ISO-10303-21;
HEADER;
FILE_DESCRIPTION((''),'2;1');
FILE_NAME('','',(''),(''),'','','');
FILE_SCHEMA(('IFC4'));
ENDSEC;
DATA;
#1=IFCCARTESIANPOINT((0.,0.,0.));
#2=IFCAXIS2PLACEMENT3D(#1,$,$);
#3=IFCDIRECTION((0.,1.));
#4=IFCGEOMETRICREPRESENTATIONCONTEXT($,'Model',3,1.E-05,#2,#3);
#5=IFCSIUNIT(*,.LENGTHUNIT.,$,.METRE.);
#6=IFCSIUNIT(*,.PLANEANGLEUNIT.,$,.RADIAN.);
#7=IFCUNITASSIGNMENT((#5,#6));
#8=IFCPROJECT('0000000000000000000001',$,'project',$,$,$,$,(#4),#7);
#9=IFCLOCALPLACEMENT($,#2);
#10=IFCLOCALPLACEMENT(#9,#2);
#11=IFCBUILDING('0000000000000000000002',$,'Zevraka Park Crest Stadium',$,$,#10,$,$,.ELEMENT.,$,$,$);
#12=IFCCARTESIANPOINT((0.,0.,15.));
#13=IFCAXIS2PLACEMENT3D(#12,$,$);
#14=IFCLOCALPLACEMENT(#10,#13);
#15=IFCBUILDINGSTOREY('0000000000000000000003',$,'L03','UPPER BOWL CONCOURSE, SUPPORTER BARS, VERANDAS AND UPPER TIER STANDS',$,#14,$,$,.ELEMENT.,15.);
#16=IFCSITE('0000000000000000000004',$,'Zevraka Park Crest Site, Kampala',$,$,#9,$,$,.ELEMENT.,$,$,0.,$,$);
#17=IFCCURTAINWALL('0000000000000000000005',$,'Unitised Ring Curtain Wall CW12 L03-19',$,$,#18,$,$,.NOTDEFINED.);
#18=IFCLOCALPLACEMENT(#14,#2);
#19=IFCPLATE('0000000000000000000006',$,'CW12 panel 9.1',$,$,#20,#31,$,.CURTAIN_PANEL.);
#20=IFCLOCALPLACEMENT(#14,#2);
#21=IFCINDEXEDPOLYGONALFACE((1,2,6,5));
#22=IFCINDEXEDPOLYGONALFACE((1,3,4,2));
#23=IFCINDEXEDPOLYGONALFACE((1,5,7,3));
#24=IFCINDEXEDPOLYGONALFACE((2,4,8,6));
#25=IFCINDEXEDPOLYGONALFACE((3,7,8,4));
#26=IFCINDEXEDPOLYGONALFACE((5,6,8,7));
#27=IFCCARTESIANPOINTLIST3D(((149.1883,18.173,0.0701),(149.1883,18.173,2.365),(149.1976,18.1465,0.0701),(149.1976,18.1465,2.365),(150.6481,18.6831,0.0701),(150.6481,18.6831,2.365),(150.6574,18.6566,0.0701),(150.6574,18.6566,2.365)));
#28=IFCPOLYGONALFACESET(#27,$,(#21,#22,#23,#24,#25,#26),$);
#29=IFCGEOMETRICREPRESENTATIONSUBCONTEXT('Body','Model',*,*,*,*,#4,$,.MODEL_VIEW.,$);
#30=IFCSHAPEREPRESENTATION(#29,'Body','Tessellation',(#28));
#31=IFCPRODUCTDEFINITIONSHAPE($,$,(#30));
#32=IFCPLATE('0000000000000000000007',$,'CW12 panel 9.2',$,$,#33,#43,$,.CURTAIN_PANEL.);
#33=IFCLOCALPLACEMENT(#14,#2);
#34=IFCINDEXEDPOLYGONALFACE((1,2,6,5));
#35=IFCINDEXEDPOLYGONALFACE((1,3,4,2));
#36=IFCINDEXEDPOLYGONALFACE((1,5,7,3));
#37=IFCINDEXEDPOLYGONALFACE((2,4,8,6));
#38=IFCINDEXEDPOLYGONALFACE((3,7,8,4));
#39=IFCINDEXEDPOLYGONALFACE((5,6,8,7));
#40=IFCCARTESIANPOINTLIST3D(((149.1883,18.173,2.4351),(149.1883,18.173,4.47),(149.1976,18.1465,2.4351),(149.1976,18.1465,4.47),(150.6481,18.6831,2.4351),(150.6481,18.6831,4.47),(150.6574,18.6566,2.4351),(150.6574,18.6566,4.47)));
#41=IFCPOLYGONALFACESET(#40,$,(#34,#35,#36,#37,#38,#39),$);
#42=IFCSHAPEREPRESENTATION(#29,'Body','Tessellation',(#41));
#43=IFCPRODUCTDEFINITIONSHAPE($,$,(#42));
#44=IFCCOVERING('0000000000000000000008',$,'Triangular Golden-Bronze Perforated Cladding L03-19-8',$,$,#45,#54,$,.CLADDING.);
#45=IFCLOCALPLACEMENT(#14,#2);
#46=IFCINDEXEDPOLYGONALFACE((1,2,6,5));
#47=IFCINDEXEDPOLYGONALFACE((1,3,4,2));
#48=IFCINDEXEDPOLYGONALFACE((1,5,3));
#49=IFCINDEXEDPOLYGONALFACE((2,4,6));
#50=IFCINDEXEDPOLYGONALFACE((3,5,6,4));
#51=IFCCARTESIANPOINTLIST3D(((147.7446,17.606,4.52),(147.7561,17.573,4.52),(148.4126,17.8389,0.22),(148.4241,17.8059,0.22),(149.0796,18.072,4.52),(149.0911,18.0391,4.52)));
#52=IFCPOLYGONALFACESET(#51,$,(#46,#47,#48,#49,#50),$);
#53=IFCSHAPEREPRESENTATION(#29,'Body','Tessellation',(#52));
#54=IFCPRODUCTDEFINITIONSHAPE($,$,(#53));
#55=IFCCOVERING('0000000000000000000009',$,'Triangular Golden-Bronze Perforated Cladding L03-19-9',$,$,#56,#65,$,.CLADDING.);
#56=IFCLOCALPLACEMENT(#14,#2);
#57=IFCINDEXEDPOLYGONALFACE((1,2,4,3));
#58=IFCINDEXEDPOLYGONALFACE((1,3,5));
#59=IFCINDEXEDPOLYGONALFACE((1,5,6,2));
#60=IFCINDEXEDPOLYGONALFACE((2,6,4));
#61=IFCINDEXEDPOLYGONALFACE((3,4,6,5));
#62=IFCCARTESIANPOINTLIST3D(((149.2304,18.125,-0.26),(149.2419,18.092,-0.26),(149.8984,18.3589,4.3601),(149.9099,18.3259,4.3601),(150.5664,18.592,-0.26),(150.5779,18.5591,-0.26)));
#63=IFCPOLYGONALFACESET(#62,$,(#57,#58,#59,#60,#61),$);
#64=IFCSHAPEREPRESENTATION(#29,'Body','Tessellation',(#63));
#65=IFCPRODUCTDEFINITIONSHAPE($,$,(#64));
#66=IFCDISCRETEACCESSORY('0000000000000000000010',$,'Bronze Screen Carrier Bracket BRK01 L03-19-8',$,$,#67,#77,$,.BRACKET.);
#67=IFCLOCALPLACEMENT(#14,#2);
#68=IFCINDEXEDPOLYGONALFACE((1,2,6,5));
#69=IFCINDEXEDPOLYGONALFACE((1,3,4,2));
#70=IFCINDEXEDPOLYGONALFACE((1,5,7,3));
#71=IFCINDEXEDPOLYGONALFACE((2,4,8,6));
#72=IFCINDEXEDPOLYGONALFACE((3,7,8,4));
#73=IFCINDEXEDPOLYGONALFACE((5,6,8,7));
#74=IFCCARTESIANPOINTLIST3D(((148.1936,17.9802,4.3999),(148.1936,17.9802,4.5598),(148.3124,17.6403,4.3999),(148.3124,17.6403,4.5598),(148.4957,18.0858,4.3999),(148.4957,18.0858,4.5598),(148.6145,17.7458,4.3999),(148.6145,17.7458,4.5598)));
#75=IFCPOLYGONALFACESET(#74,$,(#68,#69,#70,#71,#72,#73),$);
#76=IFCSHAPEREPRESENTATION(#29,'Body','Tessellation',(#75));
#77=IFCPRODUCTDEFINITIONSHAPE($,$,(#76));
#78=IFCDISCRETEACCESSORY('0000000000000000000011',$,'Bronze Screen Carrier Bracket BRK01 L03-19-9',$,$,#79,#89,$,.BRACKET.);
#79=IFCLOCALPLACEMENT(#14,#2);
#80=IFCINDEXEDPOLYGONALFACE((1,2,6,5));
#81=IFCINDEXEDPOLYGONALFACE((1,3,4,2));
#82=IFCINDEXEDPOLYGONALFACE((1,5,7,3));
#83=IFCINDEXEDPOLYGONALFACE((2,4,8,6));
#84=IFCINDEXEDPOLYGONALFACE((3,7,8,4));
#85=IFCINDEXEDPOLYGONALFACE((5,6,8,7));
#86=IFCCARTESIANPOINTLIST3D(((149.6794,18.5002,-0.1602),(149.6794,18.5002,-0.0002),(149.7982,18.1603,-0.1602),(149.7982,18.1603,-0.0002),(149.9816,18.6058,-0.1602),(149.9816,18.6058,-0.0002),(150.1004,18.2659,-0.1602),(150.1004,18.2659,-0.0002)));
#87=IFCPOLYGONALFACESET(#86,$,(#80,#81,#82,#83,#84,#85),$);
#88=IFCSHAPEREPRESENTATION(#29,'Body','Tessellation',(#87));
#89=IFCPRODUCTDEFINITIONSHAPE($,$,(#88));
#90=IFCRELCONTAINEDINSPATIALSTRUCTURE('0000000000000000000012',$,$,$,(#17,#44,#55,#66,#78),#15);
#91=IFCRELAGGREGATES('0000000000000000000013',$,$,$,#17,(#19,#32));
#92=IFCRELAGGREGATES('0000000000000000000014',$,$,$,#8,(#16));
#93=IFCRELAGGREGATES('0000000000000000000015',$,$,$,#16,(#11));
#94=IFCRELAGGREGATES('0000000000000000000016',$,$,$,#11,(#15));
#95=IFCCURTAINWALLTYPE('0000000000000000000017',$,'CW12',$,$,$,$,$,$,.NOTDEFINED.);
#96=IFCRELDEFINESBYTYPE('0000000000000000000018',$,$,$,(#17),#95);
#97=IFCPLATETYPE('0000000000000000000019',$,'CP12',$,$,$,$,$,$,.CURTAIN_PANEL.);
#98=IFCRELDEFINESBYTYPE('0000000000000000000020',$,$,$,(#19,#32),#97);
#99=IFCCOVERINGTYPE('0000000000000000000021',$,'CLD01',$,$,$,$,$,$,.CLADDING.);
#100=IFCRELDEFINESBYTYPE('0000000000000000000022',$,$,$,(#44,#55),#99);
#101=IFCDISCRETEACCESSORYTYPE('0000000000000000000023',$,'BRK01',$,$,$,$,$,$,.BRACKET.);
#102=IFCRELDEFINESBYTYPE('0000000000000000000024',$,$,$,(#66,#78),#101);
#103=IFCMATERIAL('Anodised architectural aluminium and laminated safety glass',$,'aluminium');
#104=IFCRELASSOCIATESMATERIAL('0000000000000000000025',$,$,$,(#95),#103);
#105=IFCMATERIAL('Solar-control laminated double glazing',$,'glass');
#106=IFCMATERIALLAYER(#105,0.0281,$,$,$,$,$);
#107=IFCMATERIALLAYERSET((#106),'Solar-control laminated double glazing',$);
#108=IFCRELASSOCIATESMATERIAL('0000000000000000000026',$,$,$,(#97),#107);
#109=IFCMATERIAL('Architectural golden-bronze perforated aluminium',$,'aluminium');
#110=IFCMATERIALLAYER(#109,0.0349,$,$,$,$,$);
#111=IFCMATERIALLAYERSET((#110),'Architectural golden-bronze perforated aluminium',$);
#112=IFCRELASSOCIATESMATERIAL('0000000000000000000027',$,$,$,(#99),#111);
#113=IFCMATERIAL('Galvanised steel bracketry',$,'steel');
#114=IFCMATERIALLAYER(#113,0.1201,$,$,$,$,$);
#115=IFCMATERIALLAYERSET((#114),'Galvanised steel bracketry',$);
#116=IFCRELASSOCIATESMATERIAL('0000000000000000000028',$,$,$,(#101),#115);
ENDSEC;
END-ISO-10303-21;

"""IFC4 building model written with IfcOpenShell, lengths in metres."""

from ifc_helpers import new_model, si_unit, direction, frame, origin, origin_2d, place, context, subcontext, project, spatial, polyline, rectangle, outline, extrude, material, layer, layer_set, type_object, element, aggregate, save


model = new_model("IFC4")

# Units and contexts
model_context = context("Model", 3, precision=1e-05, world=origin(), true_north=direction((0.0, 1.0)))
body_context = subcontext(model_context, "Body", "Model", "MODEL_VIEW")
ifc_project = project(units=[si_unit("LENGTHUNIT", "METRE"), si_unit("PLANEANGLEUNIT", "RADIAN")], contexts=[model_context])

# Site, building, storey
site_placement = place(None, origin())
site = spatial("IfcSite", under=ifc_project, at=site_placement, Name="Zevraka Park Crest Site, Kampala", CompositionType="ELEMENT", RefElevation=0.0)
building_placement = place(site_placement, origin())
building = spatial("IfcBuilding", under=site, at=building_placement, Name="Zevraka Park Crest Stadium", CompositionType="ELEMENT")
storey_placement = place(building_placement, frame((0.0, 0.0, 15.0)))
storey = spatial("IfcBuildingStorey", under=building, at=storey_placement, Name="L03", Description="UPPER BOWL CONCOURSE, SUPPORTER BARS, VERANDAS AND UPPER TIER STANDS", CompositionType="ELEMENT", Elevation=15.0)

# Curtain wall
ifc_material_1 = material(Name="Anodised architectural aluminium and laminated safety glass", Category="aluminium")
curtain_wall_type = type_object("IfcCurtainWallType", Name="CW12", PredefinedType="NOTDEFINED", material=ifc_material_1)
curtain_wall_placement = place(storey_placement, origin())
curtain_wall = element("IfcCurtainWall", 1, at=curtain_wall_placement, inside=storey, type_object=curtain_wall_type, Name="Unitised Ring Curtain Wall CW12 L03-19", PredefinedType="NOTDEFINED")

# Plates
ifc_material_2 = material(Name="Solar-control laminated double glazing", Category="glass")
ifc_layer_1 = layer(ifc_material_2, 0.0281)
ifc_layer_set_1 = layer_set([ifc_layer_1], Name="Solar-control laminated double glazing")
plate_type = type_object("IfcPlateType", Name="CP12", PredefinedType="CURTAIN_PANEL", material=ifc_layer_set_1)
plate_1_placement = place(storey_placement, frame((149.9229, 18.4148, 0.0701), z_axis=(0.0, 0.0, 1.0), x_axis=(0.94401, 0.329917, 0.0)))
plate_1 = element("IfcPlate", 2, at=plate_1_placement, type_object=plate_type, Name="CW12 panel 9.1", PredefinedType="CURTAIN_PANEL", context=body_context, shape_type="SweptSolid", body=[
    extrude(rectangle(XDim=1.5464, YDim=0.0281, at=origin_2d()), origin(), (0.0, 0.0, 1.0), 2.2949),
])
plate_2_placement = place(storey_placement, frame((149.9229, 18.4148, 2.4351), z_axis=(0.0, 0.0, 1.0), x_axis=(0.94401, 0.329917, 0.0)))
plate_2 = element("IfcPlate", 3, at=plate_2_placement, type_object=plate_type, Name="CW12 panel 9.2", PredefinedType="CURTAIN_PANEL", context=body_context, shape_type="SweptSolid", body=[
    extrude(rectangle(XDim=1.5464, YDim=0.0281, at=origin_2d()), origin(), (0.0, 0.0, 1.0), 2.0349),
])
aggregate(curtain_wall, [plate_1, plate_2])

# Coverings
ifc_material_3 = material(Name="Architectural golden-bronze perforated aluminium", Category="aluminium")
ifc_layer_2 = layer(ifc_material_3, 0.0349)
ifc_layer_set_2 = layer_set([ifc_layer_2], Name="Architectural golden-bronze perforated aluminium")
covering_type = type_object("IfcCoveringType", Name="CLD01", PredefinedType="CLADDING", material=ifc_layer_set_2)
covering_1_placement = place(storey_placement, frame((149.0911, 18.0391, 4.52), z_axis=(0.329612, -0.944116, 0.000064), x_axis=(-0.944116, -0.329612, 0.0)))
element("IfcCovering", 4, at=covering_1_placement, inside=storey, type_object=covering_type, Name="Triangular Golden-Bronze Perforated Cladding L03-19-8", PredefinedType="CLADDING", context=body_context, shape_type="SweptSolid", body=[
    extrude(outline(polyline([(0.0, 0.0), (1.414, 0.0), (0.7066, 4.3), (0.0, 0.0)])), origin(), (0.0, 0.0, -1.0), 0.0349),
])
covering_2_placement = place(storey_placement, frame((149.2419, 18.092, -0.26), z_axis=(0.330012, -0.943977, 0.000075), x_axis=(0.943977, 0.330012, 0.0)))
element("IfcCovering", 5, at=covering_2_placement, inside=storey, type_object=covering_type, Name="Triangular Golden-Bronze Perforated Cladding L03-19-9", PredefinedType="CLADDING", context=body_context, shape_type="SweptSolid", body=[
    extrude(outline(polyline([(0.0, 0.0), (1.4152, 0.0), (0.7077, 4.6201), (0.0, 0.0)])), origin(), (0.0, 0.0, -1.0), 0.0349),
])

# Discrete accessories
ifc_material_4 = material(Name="Galvanised steel bracketry", Category="steel")
ifc_layer_3 = layer(ifc_material_4, 0.1201)
ifc_layer_set_3 = layer_set([ifc_layer_3], Name="Galvanised steel bracketry")
discrete_accessory_type = type_object("IfcDiscreteAccessoryType", Name="BRK01", PredefinedType="BRACKET", material=ifc_layer_set_3)
for number, where, z_axis, x_axis, name in (
    (6, (148.4041, 17.863, 4.3999), (0.0, 0.0, 1.0), (0.944031, 0.329855, 0.0), "Bronze Screen Carrier Bracket BRK01 L03-19-8"),
    (7, (149.8899, 18.3831, -0.1602), (0.0, 0.0, 1.0), (0.944031, 0.329855, 0.0), "Bronze Screen Carrier Bracket BRK01 L03-19-9"),
):
    element("IfcDiscreteAccessory", number, at=place(storey_placement, frame(where, z_axis=z_axis, x_axis=x_axis)), inside=storey, type_object=discrete_accessory_type, Name=name, PredefinedType="BRACKET", context=body_context, shape_type="SweptSolid", body=[
        extrude(rectangle(XDim=0.3201, YDim=0.3601, at=origin_2d()), origin(), (0.0, 0.0, 1.0), 0.1599),
    ])

save(model, "model.ifc")
